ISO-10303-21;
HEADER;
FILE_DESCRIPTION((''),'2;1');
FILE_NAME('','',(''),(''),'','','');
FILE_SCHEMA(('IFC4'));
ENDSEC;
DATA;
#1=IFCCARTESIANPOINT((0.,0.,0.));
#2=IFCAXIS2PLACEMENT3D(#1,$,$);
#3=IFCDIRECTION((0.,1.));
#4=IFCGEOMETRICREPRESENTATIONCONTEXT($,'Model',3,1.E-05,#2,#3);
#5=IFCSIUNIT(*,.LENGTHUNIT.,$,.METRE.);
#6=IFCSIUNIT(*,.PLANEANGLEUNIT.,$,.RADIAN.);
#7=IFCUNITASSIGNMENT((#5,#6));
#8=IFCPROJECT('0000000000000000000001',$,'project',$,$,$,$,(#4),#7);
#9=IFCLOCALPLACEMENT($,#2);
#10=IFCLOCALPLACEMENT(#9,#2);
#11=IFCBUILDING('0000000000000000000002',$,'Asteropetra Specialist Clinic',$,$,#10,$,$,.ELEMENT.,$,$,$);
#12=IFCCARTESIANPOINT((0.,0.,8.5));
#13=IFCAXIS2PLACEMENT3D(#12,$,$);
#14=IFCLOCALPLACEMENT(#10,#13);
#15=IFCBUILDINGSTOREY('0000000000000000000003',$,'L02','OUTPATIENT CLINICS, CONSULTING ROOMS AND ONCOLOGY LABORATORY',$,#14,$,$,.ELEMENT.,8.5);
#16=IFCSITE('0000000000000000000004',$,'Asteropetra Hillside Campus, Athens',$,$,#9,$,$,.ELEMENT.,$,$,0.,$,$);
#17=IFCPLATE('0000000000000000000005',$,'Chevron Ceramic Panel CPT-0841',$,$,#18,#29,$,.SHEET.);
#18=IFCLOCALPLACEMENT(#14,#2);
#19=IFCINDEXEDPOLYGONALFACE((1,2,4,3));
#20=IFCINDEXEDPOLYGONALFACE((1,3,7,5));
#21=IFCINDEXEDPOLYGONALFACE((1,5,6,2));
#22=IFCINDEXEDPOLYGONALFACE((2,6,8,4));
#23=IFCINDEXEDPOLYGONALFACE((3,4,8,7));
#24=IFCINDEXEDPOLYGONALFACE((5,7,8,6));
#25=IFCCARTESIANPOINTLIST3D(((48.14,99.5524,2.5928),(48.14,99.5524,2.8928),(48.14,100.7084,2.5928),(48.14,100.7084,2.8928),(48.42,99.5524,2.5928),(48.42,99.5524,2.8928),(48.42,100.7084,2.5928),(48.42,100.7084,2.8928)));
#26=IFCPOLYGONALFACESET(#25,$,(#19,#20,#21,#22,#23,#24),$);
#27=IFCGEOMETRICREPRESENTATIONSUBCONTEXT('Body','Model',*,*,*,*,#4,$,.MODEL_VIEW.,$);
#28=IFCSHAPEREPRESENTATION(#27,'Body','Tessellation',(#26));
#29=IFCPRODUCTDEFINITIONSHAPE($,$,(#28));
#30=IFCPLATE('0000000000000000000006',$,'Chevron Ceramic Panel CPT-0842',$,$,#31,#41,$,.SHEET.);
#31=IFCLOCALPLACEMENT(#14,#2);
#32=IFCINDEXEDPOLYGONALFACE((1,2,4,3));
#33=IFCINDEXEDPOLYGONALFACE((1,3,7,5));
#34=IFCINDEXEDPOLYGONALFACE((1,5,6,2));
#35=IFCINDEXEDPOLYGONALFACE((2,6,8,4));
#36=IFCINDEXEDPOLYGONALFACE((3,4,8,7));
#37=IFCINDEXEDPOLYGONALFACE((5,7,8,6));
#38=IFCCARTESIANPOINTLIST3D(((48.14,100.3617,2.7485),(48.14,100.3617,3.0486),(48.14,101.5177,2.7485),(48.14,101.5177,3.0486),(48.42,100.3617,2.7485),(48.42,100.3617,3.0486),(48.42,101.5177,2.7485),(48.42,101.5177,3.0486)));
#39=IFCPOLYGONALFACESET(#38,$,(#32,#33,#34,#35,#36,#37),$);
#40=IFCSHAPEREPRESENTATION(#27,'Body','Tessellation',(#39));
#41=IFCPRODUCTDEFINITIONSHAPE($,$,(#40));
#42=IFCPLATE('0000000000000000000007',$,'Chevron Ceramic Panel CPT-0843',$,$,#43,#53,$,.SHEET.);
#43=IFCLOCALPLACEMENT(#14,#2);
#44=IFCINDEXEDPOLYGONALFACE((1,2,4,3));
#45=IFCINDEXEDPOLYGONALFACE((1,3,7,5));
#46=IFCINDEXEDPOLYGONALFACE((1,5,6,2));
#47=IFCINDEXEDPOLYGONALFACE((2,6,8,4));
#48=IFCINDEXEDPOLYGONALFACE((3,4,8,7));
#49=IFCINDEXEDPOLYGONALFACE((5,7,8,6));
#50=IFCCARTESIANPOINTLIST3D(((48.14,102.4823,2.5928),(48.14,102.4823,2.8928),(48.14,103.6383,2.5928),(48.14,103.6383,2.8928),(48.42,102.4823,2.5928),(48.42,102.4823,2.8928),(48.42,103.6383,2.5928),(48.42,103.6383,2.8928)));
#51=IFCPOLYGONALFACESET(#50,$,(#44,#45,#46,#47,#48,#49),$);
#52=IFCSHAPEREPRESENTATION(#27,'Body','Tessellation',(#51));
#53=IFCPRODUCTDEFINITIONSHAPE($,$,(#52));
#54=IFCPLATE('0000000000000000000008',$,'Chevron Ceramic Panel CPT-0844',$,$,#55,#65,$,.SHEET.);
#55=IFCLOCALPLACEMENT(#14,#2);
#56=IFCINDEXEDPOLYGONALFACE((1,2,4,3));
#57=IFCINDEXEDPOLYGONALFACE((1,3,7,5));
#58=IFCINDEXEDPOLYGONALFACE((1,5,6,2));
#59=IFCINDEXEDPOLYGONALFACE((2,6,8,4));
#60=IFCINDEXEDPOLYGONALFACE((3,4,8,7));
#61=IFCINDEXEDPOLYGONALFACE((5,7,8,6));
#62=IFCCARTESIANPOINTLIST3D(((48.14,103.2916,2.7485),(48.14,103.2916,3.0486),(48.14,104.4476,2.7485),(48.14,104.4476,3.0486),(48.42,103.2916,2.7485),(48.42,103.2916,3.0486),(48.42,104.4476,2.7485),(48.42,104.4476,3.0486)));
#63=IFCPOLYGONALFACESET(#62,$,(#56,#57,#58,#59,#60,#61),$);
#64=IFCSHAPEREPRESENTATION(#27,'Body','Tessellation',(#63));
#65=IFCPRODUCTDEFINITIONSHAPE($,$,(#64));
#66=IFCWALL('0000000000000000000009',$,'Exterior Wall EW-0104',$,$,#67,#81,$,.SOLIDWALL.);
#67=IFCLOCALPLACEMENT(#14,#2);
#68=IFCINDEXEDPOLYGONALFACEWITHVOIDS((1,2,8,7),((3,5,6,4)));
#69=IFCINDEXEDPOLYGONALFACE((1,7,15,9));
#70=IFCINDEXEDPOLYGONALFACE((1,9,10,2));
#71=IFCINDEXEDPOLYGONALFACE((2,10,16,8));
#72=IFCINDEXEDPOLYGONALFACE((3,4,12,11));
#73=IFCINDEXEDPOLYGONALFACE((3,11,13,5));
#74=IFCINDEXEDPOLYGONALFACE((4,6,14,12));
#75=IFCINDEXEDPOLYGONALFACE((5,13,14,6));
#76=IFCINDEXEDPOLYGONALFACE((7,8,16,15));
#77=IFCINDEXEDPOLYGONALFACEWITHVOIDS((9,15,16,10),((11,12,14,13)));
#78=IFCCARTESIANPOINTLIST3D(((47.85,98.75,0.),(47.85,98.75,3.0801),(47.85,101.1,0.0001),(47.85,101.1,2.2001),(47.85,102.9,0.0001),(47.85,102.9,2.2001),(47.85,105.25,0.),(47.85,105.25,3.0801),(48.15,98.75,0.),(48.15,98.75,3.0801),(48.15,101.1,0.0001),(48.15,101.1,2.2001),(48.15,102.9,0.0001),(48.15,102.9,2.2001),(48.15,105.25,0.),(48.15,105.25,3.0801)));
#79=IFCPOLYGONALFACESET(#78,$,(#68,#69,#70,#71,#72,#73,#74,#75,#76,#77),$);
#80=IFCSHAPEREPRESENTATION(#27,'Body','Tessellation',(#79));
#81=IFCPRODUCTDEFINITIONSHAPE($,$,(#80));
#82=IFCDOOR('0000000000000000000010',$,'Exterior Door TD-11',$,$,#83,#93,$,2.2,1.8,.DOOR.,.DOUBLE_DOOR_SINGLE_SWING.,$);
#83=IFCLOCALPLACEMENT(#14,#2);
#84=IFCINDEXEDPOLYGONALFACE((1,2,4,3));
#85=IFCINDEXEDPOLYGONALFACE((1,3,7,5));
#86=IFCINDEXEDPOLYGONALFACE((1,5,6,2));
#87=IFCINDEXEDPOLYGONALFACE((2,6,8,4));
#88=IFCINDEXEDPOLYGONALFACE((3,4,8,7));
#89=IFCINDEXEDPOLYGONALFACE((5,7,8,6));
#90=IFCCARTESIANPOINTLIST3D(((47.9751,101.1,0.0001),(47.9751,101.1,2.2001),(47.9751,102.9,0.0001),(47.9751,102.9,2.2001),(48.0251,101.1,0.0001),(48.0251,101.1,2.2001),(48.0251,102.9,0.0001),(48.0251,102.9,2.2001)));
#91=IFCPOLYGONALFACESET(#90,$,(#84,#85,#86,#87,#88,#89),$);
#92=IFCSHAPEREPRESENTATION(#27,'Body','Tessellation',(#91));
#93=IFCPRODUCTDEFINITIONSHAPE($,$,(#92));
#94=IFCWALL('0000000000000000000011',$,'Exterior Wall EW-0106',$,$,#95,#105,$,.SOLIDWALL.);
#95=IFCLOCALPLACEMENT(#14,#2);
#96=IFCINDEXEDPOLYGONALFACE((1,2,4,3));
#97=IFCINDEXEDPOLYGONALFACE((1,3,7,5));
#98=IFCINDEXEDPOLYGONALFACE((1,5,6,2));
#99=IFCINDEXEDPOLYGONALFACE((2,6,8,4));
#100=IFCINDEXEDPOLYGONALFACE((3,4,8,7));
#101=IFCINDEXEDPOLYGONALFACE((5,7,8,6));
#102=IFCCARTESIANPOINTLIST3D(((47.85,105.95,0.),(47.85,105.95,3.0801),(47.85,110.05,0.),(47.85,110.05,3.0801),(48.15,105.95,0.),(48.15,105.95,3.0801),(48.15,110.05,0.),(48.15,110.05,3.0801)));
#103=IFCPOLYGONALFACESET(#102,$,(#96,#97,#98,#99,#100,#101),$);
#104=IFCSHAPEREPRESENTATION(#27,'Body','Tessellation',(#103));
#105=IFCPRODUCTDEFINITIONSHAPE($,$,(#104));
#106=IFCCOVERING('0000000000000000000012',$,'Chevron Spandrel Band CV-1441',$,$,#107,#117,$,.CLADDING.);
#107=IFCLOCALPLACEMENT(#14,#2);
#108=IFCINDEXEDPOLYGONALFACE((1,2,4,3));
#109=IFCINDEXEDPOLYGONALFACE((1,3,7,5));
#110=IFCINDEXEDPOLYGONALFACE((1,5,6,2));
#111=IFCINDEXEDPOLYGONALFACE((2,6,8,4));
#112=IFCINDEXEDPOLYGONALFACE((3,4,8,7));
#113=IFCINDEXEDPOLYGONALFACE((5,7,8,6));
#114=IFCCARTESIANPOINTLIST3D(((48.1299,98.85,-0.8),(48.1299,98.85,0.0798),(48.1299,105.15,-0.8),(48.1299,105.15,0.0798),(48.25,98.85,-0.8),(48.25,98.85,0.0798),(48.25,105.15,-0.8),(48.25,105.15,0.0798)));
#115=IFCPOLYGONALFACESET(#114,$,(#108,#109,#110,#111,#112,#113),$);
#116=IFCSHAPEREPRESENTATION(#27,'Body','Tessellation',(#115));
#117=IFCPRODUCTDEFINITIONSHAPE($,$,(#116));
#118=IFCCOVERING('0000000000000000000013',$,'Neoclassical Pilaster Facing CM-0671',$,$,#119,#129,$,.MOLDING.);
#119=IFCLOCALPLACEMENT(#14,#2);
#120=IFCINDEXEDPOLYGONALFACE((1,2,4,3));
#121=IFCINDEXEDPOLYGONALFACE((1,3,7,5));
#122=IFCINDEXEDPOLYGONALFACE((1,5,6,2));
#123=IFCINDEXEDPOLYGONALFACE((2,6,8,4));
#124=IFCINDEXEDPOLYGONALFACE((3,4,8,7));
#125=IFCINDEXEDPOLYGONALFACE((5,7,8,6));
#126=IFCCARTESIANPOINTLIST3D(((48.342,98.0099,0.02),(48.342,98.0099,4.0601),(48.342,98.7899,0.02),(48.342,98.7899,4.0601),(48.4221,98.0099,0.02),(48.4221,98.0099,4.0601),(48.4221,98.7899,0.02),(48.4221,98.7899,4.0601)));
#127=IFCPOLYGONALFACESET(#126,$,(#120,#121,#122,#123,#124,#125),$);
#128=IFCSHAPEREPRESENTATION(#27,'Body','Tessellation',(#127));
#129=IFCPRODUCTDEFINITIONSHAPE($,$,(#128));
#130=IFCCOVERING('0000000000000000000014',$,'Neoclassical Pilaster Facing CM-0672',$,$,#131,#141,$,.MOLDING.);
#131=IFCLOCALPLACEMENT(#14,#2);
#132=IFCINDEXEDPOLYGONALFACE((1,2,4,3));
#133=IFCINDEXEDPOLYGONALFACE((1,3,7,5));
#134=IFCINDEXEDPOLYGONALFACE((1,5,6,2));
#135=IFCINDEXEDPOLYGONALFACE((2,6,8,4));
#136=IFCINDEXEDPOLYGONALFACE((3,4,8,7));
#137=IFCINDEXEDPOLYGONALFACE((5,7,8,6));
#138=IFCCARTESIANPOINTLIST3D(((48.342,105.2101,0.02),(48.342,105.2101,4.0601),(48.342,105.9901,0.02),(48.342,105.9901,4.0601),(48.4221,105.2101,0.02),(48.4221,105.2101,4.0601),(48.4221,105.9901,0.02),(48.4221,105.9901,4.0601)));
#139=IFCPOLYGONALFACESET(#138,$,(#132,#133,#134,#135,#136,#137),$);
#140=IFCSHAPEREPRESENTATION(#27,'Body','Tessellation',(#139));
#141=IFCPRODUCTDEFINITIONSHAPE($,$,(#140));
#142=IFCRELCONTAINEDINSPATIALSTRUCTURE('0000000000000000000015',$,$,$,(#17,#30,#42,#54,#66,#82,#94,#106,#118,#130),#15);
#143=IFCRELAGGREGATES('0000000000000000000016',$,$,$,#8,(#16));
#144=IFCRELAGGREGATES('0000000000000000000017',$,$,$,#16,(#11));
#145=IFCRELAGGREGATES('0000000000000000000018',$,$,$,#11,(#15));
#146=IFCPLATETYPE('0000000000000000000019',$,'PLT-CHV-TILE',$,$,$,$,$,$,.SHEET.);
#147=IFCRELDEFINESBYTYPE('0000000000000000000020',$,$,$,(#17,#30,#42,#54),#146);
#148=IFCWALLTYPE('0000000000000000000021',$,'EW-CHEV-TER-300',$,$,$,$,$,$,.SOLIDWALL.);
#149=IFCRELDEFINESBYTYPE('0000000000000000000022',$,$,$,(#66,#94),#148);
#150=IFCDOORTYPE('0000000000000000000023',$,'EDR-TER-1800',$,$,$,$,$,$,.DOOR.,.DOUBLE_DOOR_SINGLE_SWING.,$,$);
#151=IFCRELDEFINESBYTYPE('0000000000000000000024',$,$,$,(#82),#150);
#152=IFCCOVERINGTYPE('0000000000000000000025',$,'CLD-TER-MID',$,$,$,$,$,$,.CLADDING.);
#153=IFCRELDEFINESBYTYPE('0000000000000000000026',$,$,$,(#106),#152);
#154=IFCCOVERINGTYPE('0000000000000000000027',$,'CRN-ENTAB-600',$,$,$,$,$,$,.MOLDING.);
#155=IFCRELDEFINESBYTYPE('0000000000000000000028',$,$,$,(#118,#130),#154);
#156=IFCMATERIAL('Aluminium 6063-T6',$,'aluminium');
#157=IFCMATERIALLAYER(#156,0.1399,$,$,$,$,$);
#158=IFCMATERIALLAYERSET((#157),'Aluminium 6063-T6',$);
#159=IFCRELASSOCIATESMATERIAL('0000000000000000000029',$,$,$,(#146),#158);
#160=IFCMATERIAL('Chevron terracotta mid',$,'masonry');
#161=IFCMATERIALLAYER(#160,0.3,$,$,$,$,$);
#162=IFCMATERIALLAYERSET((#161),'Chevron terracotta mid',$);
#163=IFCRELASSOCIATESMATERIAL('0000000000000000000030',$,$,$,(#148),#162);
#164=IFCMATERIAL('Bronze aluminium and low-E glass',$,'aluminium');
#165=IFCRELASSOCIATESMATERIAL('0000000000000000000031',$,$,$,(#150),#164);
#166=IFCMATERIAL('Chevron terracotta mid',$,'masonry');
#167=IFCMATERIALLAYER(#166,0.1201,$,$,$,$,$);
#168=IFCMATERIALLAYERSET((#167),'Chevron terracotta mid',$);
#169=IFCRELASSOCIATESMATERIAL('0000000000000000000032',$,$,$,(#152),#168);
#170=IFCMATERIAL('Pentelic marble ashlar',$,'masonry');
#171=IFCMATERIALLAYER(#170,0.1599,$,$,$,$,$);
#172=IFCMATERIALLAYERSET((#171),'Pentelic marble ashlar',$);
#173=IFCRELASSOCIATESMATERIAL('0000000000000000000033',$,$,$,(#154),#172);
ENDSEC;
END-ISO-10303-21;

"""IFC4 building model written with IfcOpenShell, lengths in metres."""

from ifc_helpers import new_model, si_unit, direction, frame, frame_2d, origin, origin_2d, place, context, subcontext, project, spatial, rectangle, extrude, material, layer, layer_set, type_object, element, fill, save


model = new_model("IFC4")

# Units and contexts
model_context = context("Model", 3, precision=1e-05, world=origin(), true_north=direction((0.0, 1.0)))
body_context = subcontext(model_context, "Body", "Model", "MODEL_VIEW")
ifc_project = project(units=[si_unit("LENGTHUNIT", "METRE"), si_unit("PLANEANGLEUNIT", "RADIAN")], contexts=[model_context])

# Site, building, storey
site_placement = place(None, origin())
site = spatial("IfcSite", under=ifc_project, at=site_placement, Name="Asteropetra Hillside Campus, Athens", CompositionType="ELEMENT", RefElevation=0.0)
building_placement = place(site_placement, origin())
building = spatial("IfcBuilding", under=site, at=building_placement, Name="Asteropetra Specialist Clinic", CompositionType="ELEMENT")
storey_placement = place(building_placement, frame((0.0, 0.0, 8.5)))
storey = spatial("IfcBuildingStorey", under=building, at=storey_placement, Name="L02", Description="OUTPATIENT CLINICS, CONSULTING ROOMS AND ONCOLOGY LABORATORY", CompositionType="ELEMENT", Elevation=8.5)

# Plates
ifc_material_1 = material(Name="Aluminium 6063-T6", Category="aluminium")
ifc_layer_1 = layer(ifc_material_1, 0.1399)
ifc_layer_set_1 = layer_set([ifc_layer_1], Name="Aluminium 6063-T6")
plate_type_1 = type_object("IfcPlateType", Name="PLT-CHV-TILE", PredefinedType="SHEET", material=ifc_layer_set_1)
for number, where, z_axis, x_axis, name in (
    (1, (48.28, 100.1304, 2.5928), (0.0, 0.0, 1.0), (1.0, 0.0, 0.0), "Chevron Ceramic Panel CPT-0841"),
    (2, (48.28, 100.9397, 2.7485), (0.0, 0.0, 1.0), (1.0, 0.0, 0.0), "Chevron Ceramic Panel CPT-0842"),
    (3, (48.28, 103.0603, 2.5928), (0.0, 0.0, 1.0), (1.0, 0.0, 0.0), "Chevron Ceramic Panel CPT-0843"),
    (4, (48.28, 103.8696, 2.7485), (0.0, 0.0, 1.0), (1.0, 0.0, 0.0), "Chevron Ceramic Panel CPT-0844"),
):
    element("IfcPlate", number, at=place(storey_placement, frame(where, z_axis=z_axis, x_axis=x_axis)), inside=storey, type_object=plate_type_1, Name=name, PredefinedType="SHEET", context=body_context, shape_type="SweptSolid", body=[
        extrude(rectangle(XDim=0.28, YDim=1.156, at=origin_2d()), origin(), (0.0, 0.0, 1.0), 0.3),
    ])

# Wall, opening, door
ifc_material_2 = material(Name="Chevron terracotta mid", Category="masonry")
ifc_layer_2 = layer(ifc_material_2, 0.3)
ifc_layer_set_2 = layer_set([ifc_layer_2], Name="Chevron terracotta mid")
wall_type = type_object("IfcWallType", Name="EW-CHEV-TER-300", PredefinedType="SOLIDWALL", material=ifc_layer_set_2)
wall_1_placement = place(storey_placement, frame((48.0, 98.75, 0.0), z_axis=(0.0, 0.0, 1.0), x_axis=(0.0, 1.0, 0.0)))
wall_1 = element("IfcWall", 5, at=wall_1_placement, inside=storey, type_object=wall_type, Name="Exterior Wall EW-0104", PredefinedType="SOLIDWALL", context=body_context, shape_type="SweptSolid", body=[
    extrude(rectangle(XDim=6.5, YDim=0.3, at=frame_2d((3.25, 0.0))), origin(), (0.0, 0.0, 1.0), 3.0801),
])
opening_placement = place(wall_1_placement, frame((2.3501, 0.0, 0.0)))
opening = element("IfcOpeningElement", 6, at=opening_placement, cuts=wall_1, PredefinedType="OPENING", context=body_context, shape_type="SweptSolid", body=[
    extrude(rectangle(XDim=1.8, YDim=2.2, at=frame_2d((0.8999, 1.1001))), frame((0.0, 0.1599, 0.0), z_axis=(0.0, -1.0, 0.0), x_axis=(1.0, 0.0, 0.0)), (0.0, 0.0, 1.0), 0.3201),
])
ifc_material_3 = material(Name="Bronze aluminium and low-E glass", Category="aluminium")
door_type = type_object("IfcDoorType", Name="EDR-TER-1800", OperationType="DOUBLE_DOOR_SINGLE_SWING", PredefinedType="DOOR", material=ifc_material_3)
door_placement = place(opening_placement, origin())
door = element("IfcDoor", 7, at=door_placement, inside=storey, type_object=door_type, Name="Exterior Door TD-11", OperationType="DOUBLE_DOOR_SINGLE_SWING", OverallHeight=2.2, OverallWidth=1.8, PredefinedType="DOOR", context=body_context, shape_type="SweptSolid", body=[
    extrude(rectangle(XDim=1.8, YDim=2.2, at=frame_2d((0.8999, 1.1001))), frame((0.0, 0.0249, 0.0), z_axis=(0.0, -1.0, 0.0), x_axis=(1.0, 0.0, 0.0)), (0.0, 0.0, 1.0), 0.05),
])
fill(opening, door)

# Wall
wall_2_placement = place(storey_placement, frame((48.0, 105.95, 0.0), z_axis=(0.0, 0.0, 1.0), x_axis=(0.0, 1.0, 0.0)))
element("IfcWall", 8, at=wall_2_placement, inside=storey, type_object=wall_type, Name="Exterior Wall EW-0106", PredefinedType="SOLIDWALL", context=body_context, shape_type="SweptSolid", body=[
    extrude(rectangle(XDim=4.1001, YDim=0.3, at=frame_2d((2.05, 0.0))), origin(), (0.0, 0.0, 1.0), 3.0801),
])

# Coverings
ifc_material_4 = material(Name="Chevron terracotta mid", Category="masonry")
ifc_layer_3 = layer(ifc_material_4, 0.1201)
ifc_layer_set_3 = layer_set([ifc_layer_3], Name="Chevron terracotta mid")
covering_type_1 = type_object("IfcCoveringType", Name="CLD-TER-MID", PredefinedType="CLADDING", material=ifc_layer_set_3)
covering_placement = place(storey_placement, frame((48.1899, 102.0, -0.8), z_axis=(0.0, 0.0, 1.0), x_axis=(1.0, 0.0, 0.0)))
element("IfcCovering", 9, at=covering_placement, inside=storey, type_object=covering_type_1, Name="Chevron Spandrel Band CV-1441", PredefinedType="CLADDING", context=body_context, shape_type="SweptSolid", body=[
    extrude(rectangle(XDim=0.1201, YDim=6.3, at=origin_2d()), origin(), (0.0, 0.0, 1.0), 0.8799),
])
ifc_material_5 = material(Name="Pentelic marble ashlar", Category="masonry")
ifc_layer_4 = layer(ifc_material_5, 0.1599)
ifc_layer_set_4 = layer_set([ifc_layer_4], Name="Pentelic marble ashlar")
covering_type_2 = type_object("IfcCoveringType", Name="CRN-ENTAB-600", PredefinedType="MOLDING", material=ifc_layer_set_4)
for number, where, z_axis, x_axis, name in (
    (10, (48.3821, 98.3999, 0.02), (0.0, 0.0, 1.0), (1.0, 0.0, 0.0), "Neoclassical Pilaster Facing CM-0671"),
    (11, (48.3821, 105.6001, 0.02), (0.0, 0.0, 1.0), (1.0, 0.0, 0.0), "Neoclassical Pilaster Facing CM-0672"),
):
    element("IfcCovering", number, at=place(storey_placement, frame(where, z_axis=z_axis, x_axis=x_axis)), inside=storey, type_object=covering_type_2, Name=name, PredefinedType="MOLDING", context=body_context, shape_type="SweptSolid", body=[
        extrude(rectangle(XDim=0.0801, YDim=0.78, at=origin_2d()), origin(), (0.0, 0.0, 1.0), 4.04),
    ])

save(model, "model.ifc")
